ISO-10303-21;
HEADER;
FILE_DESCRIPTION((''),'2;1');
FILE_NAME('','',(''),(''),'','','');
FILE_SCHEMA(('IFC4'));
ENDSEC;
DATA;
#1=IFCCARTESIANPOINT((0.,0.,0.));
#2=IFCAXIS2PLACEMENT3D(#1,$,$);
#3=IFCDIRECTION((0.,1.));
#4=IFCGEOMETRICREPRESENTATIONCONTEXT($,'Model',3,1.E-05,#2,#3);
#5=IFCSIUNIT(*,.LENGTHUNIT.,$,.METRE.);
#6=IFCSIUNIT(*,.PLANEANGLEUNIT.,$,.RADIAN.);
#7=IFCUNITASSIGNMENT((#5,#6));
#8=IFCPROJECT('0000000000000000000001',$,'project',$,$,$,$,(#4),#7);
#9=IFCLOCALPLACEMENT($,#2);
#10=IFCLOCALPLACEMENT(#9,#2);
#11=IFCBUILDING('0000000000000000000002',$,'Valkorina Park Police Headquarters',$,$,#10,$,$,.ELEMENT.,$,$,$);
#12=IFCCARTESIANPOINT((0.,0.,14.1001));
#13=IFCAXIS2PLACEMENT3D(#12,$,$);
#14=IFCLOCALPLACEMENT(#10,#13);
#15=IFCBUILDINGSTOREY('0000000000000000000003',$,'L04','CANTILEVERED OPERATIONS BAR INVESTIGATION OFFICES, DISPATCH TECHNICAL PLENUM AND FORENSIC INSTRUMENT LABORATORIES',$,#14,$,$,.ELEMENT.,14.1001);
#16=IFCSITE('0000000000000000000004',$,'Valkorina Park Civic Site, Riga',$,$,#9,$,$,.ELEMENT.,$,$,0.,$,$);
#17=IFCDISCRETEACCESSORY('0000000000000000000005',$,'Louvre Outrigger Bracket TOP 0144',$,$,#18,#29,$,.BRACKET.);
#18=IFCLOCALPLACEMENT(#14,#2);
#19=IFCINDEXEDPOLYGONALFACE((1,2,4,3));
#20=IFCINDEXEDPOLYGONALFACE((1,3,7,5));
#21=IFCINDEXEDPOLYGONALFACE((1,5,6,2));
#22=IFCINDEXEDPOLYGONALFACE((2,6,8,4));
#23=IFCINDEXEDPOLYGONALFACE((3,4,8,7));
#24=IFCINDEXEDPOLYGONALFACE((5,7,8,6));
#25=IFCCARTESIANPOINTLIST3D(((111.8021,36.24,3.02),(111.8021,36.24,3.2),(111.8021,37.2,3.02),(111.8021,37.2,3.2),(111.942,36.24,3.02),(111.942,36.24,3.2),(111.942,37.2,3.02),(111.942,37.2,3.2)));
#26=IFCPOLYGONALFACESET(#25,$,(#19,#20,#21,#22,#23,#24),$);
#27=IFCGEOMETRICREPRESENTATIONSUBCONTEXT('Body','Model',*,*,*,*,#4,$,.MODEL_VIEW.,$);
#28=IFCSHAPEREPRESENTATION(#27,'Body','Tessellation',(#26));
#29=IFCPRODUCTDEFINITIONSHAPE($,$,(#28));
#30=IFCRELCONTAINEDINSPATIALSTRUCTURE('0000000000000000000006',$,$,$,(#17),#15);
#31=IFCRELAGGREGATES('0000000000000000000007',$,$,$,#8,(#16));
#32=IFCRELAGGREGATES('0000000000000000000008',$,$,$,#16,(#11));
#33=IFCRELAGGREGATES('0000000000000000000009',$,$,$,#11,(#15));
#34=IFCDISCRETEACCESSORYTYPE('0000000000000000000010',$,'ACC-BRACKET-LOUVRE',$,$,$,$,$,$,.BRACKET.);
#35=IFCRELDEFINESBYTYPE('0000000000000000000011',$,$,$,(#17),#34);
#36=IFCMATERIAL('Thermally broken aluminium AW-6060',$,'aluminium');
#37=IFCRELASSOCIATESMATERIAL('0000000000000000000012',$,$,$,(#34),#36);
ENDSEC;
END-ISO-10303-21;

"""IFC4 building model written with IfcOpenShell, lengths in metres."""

from ifc_helpers import new_model, si_unit, direction, frame, origin, origin_2d, place, context, subcontext, project, spatial, rectangle, extrude, material, type_object, element, save


model = new_model("IFC4")

# Units and contexts
model_context = context("Model", 3, precision=1e-05, world=origin(), true_north=direction((0.0, 1.0)))
body_context = subcontext(model_context, "Body", "Model", "MODEL_VIEW")
ifc_project = project(units=[si_unit("LENGTHUNIT", "METRE"), si_unit("PLANEANGLEUNIT", "RADIAN")], contexts=[model_context])

# Site, building, storey
site_placement = place(None, origin())
site = spatial("IfcSite", under=ifc_project, at=site_placement, Name="Valkorina Park Civic Site, Riga", CompositionType="ELEMENT", RefElevation=0.0)
building_placement = place(site_placement, origin())
building = spatial("IfcBuilding", under=site, at=building_placement, Name="Valkorina Park Police Headquarters", CompositionType="ELEMENT")
storey_placement = place(building_placement, frame((0.0, 0.0, 14.1001)))
storey = spatial("IfcBuildingStorey", under=building, at=storey_placement, Name="L04", Description="CANTILEVERED OPERATIONS BAR INVESTIGATION OFFICES, DISPATCH TECHNICAL PLENUM AND FORENSIC INSTRUMENT LABORATORIES", CompositionType="ELEMENT", Elevation=14.1001)

# Shared definitions
ifc_material_1 = material(Name="Thermally broken aluminium AW-6060", Category="aluminium")

# Discrete accessory
discrete_accessory_type = type_object("IfcDiscreteAccessoryType", Name="ACC-BRACKET-LOUVRE", PredefinedType="BRACKET", material=ifc_material_1)
for number, where, z_axis, x_axis, name in (
    (1, (111.8721, 36.72, 3.02), (0.0, 0.0, 1.0), (0.0, -1.0, 0.0), "Louvre Outrigger Bracket TOP 0144"),
):
    element("IfcDiscreteAccessory", number, at=place(storey_placement, frame(where, z_axis=z_axis, x_axis=x_axis)), inside=storey, type_object=discrete_accessory_type, Name=name, PredefinedType="BRACKET", context=body_context, shape_type="SweptSolid", body=[
        extrude(rectangle(XDim=0.96, YDim=0.1399, at=origin_2d()), origin(), (0.0, 0.0, 1.0), 0.1799),
    ])

save(model, "model.ifc")
